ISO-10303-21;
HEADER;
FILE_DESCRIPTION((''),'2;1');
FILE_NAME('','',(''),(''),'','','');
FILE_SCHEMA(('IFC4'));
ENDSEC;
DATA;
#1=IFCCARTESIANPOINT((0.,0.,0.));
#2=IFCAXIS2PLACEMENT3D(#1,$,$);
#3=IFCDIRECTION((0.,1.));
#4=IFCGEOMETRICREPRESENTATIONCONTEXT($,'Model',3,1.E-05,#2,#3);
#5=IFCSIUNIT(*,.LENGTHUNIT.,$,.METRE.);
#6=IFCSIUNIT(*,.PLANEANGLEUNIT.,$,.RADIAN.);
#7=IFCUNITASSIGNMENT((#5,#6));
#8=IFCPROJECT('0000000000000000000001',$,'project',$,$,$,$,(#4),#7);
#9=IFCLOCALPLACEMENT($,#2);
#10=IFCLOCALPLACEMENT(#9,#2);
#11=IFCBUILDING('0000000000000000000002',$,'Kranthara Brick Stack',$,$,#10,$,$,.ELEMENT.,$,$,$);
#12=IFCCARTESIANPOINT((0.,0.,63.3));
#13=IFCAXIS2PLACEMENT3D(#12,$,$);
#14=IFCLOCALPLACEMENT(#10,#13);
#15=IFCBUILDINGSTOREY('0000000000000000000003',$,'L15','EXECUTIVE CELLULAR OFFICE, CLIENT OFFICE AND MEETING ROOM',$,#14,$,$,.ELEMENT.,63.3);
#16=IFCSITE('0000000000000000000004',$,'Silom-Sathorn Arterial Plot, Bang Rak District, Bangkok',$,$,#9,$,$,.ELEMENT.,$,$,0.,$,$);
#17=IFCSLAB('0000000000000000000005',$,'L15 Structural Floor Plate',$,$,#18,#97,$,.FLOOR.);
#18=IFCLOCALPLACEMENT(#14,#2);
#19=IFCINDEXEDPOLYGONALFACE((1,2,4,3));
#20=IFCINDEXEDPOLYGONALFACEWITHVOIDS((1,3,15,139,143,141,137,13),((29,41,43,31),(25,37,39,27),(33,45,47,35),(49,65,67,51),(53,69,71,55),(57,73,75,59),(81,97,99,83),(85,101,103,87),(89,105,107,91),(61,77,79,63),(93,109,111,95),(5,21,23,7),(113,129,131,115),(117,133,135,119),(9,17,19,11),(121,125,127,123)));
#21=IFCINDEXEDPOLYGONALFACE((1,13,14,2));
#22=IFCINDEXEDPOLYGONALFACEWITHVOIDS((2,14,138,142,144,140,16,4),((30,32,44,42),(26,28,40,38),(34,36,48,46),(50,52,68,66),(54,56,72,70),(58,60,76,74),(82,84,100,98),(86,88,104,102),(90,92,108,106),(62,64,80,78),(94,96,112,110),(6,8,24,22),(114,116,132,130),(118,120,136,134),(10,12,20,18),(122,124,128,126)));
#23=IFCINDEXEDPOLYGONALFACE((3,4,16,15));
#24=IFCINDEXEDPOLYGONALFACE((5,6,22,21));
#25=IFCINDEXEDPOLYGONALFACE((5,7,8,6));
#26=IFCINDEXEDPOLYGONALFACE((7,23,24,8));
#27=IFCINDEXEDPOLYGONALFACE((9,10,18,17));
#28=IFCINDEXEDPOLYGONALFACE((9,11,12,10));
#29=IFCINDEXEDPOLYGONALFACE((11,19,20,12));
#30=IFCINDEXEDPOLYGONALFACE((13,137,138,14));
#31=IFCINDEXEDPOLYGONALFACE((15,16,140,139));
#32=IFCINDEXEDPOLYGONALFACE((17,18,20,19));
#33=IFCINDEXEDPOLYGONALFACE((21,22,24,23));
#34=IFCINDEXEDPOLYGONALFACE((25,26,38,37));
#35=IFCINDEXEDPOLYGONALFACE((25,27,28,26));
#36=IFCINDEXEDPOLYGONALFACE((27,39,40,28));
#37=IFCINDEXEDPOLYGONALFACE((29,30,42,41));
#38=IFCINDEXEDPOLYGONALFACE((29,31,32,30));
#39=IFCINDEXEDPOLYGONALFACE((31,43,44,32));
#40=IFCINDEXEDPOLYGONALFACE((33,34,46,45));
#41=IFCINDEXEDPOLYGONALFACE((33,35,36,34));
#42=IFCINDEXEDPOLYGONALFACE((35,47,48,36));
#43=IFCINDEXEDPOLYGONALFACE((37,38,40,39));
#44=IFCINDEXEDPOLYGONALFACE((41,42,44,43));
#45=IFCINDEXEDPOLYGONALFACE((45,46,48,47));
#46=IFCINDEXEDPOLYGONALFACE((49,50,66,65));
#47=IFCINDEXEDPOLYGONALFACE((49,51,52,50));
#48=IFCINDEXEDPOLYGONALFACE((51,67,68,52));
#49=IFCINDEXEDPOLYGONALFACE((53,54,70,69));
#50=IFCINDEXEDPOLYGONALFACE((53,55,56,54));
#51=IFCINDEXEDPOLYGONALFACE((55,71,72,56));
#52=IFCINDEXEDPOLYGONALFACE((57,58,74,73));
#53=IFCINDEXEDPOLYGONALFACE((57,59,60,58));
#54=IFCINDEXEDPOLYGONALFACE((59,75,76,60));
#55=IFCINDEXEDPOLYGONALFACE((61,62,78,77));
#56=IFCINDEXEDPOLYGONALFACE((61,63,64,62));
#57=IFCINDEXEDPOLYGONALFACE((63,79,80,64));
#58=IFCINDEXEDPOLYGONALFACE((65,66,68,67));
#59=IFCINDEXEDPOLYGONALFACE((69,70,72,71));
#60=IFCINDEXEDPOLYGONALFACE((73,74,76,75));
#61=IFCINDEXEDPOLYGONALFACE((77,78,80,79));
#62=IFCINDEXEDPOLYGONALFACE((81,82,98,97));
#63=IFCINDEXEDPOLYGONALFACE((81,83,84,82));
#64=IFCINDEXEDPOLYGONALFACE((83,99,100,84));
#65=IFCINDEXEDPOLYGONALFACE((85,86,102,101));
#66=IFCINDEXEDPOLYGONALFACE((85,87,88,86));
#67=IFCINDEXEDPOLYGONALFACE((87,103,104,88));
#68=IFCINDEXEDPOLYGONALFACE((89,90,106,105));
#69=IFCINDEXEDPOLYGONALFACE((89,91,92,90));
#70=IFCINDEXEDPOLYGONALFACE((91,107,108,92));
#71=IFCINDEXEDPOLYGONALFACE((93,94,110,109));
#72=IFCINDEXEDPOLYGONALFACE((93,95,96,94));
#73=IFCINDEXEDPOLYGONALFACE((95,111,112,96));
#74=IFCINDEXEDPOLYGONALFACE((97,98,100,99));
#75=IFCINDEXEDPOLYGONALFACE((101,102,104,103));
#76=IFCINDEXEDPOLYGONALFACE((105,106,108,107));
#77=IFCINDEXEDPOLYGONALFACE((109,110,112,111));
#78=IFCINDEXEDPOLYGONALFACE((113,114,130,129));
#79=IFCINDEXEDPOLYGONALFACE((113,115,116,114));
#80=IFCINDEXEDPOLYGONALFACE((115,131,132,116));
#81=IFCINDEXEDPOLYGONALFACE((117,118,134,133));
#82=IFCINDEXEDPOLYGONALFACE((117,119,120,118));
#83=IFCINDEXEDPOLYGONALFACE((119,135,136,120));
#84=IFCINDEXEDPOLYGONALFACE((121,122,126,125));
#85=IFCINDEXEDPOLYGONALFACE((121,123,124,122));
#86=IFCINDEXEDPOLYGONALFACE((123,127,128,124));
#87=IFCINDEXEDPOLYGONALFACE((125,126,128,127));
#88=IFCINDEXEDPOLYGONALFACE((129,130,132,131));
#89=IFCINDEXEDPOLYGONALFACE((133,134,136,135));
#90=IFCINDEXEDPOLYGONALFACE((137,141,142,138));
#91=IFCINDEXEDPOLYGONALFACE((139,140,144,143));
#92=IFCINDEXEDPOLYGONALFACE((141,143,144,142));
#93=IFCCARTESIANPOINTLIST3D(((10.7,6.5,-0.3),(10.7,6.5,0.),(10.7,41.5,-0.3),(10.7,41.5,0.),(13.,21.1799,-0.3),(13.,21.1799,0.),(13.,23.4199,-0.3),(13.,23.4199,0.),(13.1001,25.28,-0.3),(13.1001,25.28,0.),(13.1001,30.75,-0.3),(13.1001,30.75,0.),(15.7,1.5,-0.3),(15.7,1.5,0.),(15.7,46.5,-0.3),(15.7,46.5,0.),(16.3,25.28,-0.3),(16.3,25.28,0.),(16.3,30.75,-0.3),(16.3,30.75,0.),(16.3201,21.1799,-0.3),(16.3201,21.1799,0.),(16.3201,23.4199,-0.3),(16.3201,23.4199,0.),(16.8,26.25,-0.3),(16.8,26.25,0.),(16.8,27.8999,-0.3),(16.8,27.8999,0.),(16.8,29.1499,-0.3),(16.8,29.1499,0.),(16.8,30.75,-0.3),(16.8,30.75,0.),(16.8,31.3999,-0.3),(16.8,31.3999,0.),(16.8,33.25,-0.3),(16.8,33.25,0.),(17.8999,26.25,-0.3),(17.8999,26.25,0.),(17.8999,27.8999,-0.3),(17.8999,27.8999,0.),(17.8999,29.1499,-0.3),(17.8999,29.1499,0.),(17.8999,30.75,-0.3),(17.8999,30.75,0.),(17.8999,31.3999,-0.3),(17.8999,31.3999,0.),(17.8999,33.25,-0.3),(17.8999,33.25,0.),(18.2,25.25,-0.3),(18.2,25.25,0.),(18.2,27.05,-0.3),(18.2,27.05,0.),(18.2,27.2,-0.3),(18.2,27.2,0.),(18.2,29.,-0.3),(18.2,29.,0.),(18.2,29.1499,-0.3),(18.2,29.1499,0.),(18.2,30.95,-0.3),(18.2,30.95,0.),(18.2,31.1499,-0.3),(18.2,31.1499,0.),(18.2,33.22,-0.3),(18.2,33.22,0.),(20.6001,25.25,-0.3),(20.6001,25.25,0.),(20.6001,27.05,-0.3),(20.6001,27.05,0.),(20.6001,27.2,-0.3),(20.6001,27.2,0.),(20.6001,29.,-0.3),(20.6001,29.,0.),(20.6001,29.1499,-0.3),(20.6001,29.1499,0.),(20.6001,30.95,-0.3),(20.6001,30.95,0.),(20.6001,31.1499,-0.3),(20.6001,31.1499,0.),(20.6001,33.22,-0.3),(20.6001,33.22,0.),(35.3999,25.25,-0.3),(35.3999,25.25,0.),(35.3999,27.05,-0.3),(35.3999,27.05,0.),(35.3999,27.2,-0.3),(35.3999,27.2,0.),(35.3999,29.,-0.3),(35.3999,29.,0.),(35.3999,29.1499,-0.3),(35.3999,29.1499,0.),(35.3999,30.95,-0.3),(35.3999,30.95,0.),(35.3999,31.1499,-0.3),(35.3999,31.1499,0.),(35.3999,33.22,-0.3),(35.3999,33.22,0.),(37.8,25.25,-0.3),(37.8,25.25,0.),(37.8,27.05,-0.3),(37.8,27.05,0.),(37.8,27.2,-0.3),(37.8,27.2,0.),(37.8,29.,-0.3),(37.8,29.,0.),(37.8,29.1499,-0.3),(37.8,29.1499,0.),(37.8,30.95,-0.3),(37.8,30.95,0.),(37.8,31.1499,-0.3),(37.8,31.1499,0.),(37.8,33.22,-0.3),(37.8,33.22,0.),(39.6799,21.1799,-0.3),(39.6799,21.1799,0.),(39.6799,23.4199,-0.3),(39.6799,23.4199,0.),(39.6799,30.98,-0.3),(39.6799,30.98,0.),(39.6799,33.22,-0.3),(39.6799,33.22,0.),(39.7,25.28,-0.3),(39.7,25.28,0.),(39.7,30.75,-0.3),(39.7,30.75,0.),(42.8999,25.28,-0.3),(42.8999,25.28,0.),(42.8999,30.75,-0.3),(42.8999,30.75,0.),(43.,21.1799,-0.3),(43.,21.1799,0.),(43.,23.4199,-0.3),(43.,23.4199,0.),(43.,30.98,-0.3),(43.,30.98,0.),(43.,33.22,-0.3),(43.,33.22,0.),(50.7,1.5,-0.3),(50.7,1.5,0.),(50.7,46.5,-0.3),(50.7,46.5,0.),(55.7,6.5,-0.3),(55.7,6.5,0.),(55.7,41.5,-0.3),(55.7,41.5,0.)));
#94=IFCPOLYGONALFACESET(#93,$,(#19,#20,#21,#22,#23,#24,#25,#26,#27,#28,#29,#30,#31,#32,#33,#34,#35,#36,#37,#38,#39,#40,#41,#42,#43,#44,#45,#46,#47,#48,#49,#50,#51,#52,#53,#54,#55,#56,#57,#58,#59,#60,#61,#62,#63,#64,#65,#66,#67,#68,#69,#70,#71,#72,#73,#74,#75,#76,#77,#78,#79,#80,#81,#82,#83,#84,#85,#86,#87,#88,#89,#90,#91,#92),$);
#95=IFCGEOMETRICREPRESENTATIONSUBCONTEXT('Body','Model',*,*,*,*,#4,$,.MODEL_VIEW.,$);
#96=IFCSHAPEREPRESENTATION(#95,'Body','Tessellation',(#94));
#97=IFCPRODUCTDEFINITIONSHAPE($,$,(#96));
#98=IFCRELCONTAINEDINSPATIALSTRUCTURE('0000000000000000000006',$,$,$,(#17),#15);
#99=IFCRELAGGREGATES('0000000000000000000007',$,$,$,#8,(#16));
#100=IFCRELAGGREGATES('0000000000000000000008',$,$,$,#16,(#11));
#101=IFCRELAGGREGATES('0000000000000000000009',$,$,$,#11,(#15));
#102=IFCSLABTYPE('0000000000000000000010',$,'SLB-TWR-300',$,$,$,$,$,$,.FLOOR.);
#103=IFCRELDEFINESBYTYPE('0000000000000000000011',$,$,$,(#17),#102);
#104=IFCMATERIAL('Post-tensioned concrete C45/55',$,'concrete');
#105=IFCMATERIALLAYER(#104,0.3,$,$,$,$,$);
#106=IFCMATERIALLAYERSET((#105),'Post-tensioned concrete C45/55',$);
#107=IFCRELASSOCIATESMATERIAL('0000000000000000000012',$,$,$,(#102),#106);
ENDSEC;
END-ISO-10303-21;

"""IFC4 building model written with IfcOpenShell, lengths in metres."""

from ifc_helpers import new_model, si_unit, direction, frame, origin, place, context, subcontext, project, spatial, polyline, outline, extrude, material, layer, layer_set, type_object, element, save


model = new_model("IFC4")

# Units and contexts
model_context = context("Model", 3, precision=1e-05, world=origin(), true_north=direction((0.0, 1.0)))
body_context = subcontext(model_context, "Body", "Model", "MODEL_VIEW")
ifc_project = project(units=[si_unit("LENGTHUNIT", "METRE"), si_unit("PLANEANGLEUNIT", "RADIAN")], contexts=[model_context])

# Site, building, storey
site_placement = place(None, origin())
site = spatial("IfcSite", under=ifc_project, at=site_placement, Name="Silom-Sathorn Arterial Plot, Bang Rak District, Bangkok", CompositionType="ELEMENT", RefElevation=0.0)
building_placement = place(site_placement, origin())
building = spatial("IfcBuilding", under=site, at=building_placement, Name="Kranthara Brick Stack", CompositionType="ELEMENT")
storey_placement = place(building_placement, frame((0.0, 0.0, 63.3)))
storey = spatial("IfcBuildingStorey", under=building, at=storey_placement, Name="L15", Description="EXECUTIVE CELLULAR OFFICE, CLIENT OFFICE AND MEETING ROOM", CompositionType="ELEMENT", Elevation=63.3)

# Slab
ifc_material_1 = material(Name="Post-tensioned concrete C45/55", Category="concrete")
ifc_layer_1 = layer(ifc_material_1, 0.3)
ifc_layer_set_1 = layer_set([ifc_layer_1], Name="Post-tensioned concrete C45/55")
slab_type_1 = type_object("IfcSlabType", Name="SLB-TWR-300", PredefinedType="FLOOR", material=ifc_layer_set_1)
slab_1_placement = place(storey_placement, frame((0.0, 0.0, -0.3)))
element("IfcSlab", 1, at=slab_1_placement, inside=storey, type_object=slab_type_1, Name="L15 Structural Floor Plate", PredefinedType="FLOOR", context=body_context, shape_type="SweptSolid", body=[
    extrude(outline(polyline([(15.7, 1.5), (50.7, 1.5), (55.7, 6.5), (55.7, 41.5), (50.7, 46.5), (15.7, 46.5), (10.7, 41.5), (10.7, 6.5), (15.7, 1.5)]), holes=[polyline([(13.1001, 25.28), (16.3, 25.28), (16.3, 30.75), (13.1001, 30.75), (13.1001, 25.28)]), polyline([(39.7, 25.28), (42.8999, 25.28), (42.8999, 30.75), (39.7, 30.75), (39.7, 25.28)]), polyline([(13.0, 21.1799), (16.3201, 21.1799), (16.3201, 23.4199), (13.0, 23.4199), (13.0, 21.1799)]), polyline([(39.6799, 21.1799), (43.0, 21.1799), (43.0, 23.4199), (39.6799, 23.4199), (39.6799, 21.1799)]), polyline([(39.6799, 30.98), (43.0, 30.98), (43.0, 33.22), (39.6799, 33.22), (39.6799, 30.98)]), polyline([(18.2, 25.25), (20.6001, 25.25), (20.6001, 27.05), (18.2, 27.05), (18.2, 25.25)]), polyline([(18.2, 27.2), (20.6001, 27.2), (20.6001, 29.0), (18.2, 29.0), (18.2, 27.2)]), polyline([(18.2, 29.1499), (20.6001, 29.1499), (20.6001, 30.95), (18.2, 30.95), (18.2, 29.1499)]), polyline([(35.3999, 25.25), (37.8, 25.25), (37.8, 27.05), (35.3999, 27.05), (35.3999, 25.25)]), polyline([(35.3999, 27.2), (37.8, 27.2), (37.8, 29.0), (35.3999, 29.0), (35.3999, 27.2)]), polyline([(35.3999, 29.1499), (37.8, 29.1499), (37.8, 30.95), (35.3999, 30.95), (35.3999, 29.1499)]), polyline([(18.2, 31.1499), (20.6001, 31.1499), (20.6001, 33.22), (18.2, 33.22), (18.2, 31.1499)]), polyline([(35.3999, 31.1499), (37.8, 31.1499), (37.8, 33.22), (35.3999, 33.22), (35.3999, 31.1499)]), polyline([(16.8, 26.25), (17.8999, 26.25), (17.8999, 27.8999), (16.8, 27.8999), (16.8, 26.25)]), polyline([(16.8, 29.1499), (17.8999, 29.1499), (17.8999, 30.75), (16.8, 30.75), (16.8, 29.1499)]), polyline([(16.8, 31.3999), (17.8999, 31.3999), (17.8999, 33.25), (16.8, 33.25), (16.8, 31.3999)])]), origin(), (0.0, 0.0, 1.0), 0.3),
])

save(model, "model.ifc")
